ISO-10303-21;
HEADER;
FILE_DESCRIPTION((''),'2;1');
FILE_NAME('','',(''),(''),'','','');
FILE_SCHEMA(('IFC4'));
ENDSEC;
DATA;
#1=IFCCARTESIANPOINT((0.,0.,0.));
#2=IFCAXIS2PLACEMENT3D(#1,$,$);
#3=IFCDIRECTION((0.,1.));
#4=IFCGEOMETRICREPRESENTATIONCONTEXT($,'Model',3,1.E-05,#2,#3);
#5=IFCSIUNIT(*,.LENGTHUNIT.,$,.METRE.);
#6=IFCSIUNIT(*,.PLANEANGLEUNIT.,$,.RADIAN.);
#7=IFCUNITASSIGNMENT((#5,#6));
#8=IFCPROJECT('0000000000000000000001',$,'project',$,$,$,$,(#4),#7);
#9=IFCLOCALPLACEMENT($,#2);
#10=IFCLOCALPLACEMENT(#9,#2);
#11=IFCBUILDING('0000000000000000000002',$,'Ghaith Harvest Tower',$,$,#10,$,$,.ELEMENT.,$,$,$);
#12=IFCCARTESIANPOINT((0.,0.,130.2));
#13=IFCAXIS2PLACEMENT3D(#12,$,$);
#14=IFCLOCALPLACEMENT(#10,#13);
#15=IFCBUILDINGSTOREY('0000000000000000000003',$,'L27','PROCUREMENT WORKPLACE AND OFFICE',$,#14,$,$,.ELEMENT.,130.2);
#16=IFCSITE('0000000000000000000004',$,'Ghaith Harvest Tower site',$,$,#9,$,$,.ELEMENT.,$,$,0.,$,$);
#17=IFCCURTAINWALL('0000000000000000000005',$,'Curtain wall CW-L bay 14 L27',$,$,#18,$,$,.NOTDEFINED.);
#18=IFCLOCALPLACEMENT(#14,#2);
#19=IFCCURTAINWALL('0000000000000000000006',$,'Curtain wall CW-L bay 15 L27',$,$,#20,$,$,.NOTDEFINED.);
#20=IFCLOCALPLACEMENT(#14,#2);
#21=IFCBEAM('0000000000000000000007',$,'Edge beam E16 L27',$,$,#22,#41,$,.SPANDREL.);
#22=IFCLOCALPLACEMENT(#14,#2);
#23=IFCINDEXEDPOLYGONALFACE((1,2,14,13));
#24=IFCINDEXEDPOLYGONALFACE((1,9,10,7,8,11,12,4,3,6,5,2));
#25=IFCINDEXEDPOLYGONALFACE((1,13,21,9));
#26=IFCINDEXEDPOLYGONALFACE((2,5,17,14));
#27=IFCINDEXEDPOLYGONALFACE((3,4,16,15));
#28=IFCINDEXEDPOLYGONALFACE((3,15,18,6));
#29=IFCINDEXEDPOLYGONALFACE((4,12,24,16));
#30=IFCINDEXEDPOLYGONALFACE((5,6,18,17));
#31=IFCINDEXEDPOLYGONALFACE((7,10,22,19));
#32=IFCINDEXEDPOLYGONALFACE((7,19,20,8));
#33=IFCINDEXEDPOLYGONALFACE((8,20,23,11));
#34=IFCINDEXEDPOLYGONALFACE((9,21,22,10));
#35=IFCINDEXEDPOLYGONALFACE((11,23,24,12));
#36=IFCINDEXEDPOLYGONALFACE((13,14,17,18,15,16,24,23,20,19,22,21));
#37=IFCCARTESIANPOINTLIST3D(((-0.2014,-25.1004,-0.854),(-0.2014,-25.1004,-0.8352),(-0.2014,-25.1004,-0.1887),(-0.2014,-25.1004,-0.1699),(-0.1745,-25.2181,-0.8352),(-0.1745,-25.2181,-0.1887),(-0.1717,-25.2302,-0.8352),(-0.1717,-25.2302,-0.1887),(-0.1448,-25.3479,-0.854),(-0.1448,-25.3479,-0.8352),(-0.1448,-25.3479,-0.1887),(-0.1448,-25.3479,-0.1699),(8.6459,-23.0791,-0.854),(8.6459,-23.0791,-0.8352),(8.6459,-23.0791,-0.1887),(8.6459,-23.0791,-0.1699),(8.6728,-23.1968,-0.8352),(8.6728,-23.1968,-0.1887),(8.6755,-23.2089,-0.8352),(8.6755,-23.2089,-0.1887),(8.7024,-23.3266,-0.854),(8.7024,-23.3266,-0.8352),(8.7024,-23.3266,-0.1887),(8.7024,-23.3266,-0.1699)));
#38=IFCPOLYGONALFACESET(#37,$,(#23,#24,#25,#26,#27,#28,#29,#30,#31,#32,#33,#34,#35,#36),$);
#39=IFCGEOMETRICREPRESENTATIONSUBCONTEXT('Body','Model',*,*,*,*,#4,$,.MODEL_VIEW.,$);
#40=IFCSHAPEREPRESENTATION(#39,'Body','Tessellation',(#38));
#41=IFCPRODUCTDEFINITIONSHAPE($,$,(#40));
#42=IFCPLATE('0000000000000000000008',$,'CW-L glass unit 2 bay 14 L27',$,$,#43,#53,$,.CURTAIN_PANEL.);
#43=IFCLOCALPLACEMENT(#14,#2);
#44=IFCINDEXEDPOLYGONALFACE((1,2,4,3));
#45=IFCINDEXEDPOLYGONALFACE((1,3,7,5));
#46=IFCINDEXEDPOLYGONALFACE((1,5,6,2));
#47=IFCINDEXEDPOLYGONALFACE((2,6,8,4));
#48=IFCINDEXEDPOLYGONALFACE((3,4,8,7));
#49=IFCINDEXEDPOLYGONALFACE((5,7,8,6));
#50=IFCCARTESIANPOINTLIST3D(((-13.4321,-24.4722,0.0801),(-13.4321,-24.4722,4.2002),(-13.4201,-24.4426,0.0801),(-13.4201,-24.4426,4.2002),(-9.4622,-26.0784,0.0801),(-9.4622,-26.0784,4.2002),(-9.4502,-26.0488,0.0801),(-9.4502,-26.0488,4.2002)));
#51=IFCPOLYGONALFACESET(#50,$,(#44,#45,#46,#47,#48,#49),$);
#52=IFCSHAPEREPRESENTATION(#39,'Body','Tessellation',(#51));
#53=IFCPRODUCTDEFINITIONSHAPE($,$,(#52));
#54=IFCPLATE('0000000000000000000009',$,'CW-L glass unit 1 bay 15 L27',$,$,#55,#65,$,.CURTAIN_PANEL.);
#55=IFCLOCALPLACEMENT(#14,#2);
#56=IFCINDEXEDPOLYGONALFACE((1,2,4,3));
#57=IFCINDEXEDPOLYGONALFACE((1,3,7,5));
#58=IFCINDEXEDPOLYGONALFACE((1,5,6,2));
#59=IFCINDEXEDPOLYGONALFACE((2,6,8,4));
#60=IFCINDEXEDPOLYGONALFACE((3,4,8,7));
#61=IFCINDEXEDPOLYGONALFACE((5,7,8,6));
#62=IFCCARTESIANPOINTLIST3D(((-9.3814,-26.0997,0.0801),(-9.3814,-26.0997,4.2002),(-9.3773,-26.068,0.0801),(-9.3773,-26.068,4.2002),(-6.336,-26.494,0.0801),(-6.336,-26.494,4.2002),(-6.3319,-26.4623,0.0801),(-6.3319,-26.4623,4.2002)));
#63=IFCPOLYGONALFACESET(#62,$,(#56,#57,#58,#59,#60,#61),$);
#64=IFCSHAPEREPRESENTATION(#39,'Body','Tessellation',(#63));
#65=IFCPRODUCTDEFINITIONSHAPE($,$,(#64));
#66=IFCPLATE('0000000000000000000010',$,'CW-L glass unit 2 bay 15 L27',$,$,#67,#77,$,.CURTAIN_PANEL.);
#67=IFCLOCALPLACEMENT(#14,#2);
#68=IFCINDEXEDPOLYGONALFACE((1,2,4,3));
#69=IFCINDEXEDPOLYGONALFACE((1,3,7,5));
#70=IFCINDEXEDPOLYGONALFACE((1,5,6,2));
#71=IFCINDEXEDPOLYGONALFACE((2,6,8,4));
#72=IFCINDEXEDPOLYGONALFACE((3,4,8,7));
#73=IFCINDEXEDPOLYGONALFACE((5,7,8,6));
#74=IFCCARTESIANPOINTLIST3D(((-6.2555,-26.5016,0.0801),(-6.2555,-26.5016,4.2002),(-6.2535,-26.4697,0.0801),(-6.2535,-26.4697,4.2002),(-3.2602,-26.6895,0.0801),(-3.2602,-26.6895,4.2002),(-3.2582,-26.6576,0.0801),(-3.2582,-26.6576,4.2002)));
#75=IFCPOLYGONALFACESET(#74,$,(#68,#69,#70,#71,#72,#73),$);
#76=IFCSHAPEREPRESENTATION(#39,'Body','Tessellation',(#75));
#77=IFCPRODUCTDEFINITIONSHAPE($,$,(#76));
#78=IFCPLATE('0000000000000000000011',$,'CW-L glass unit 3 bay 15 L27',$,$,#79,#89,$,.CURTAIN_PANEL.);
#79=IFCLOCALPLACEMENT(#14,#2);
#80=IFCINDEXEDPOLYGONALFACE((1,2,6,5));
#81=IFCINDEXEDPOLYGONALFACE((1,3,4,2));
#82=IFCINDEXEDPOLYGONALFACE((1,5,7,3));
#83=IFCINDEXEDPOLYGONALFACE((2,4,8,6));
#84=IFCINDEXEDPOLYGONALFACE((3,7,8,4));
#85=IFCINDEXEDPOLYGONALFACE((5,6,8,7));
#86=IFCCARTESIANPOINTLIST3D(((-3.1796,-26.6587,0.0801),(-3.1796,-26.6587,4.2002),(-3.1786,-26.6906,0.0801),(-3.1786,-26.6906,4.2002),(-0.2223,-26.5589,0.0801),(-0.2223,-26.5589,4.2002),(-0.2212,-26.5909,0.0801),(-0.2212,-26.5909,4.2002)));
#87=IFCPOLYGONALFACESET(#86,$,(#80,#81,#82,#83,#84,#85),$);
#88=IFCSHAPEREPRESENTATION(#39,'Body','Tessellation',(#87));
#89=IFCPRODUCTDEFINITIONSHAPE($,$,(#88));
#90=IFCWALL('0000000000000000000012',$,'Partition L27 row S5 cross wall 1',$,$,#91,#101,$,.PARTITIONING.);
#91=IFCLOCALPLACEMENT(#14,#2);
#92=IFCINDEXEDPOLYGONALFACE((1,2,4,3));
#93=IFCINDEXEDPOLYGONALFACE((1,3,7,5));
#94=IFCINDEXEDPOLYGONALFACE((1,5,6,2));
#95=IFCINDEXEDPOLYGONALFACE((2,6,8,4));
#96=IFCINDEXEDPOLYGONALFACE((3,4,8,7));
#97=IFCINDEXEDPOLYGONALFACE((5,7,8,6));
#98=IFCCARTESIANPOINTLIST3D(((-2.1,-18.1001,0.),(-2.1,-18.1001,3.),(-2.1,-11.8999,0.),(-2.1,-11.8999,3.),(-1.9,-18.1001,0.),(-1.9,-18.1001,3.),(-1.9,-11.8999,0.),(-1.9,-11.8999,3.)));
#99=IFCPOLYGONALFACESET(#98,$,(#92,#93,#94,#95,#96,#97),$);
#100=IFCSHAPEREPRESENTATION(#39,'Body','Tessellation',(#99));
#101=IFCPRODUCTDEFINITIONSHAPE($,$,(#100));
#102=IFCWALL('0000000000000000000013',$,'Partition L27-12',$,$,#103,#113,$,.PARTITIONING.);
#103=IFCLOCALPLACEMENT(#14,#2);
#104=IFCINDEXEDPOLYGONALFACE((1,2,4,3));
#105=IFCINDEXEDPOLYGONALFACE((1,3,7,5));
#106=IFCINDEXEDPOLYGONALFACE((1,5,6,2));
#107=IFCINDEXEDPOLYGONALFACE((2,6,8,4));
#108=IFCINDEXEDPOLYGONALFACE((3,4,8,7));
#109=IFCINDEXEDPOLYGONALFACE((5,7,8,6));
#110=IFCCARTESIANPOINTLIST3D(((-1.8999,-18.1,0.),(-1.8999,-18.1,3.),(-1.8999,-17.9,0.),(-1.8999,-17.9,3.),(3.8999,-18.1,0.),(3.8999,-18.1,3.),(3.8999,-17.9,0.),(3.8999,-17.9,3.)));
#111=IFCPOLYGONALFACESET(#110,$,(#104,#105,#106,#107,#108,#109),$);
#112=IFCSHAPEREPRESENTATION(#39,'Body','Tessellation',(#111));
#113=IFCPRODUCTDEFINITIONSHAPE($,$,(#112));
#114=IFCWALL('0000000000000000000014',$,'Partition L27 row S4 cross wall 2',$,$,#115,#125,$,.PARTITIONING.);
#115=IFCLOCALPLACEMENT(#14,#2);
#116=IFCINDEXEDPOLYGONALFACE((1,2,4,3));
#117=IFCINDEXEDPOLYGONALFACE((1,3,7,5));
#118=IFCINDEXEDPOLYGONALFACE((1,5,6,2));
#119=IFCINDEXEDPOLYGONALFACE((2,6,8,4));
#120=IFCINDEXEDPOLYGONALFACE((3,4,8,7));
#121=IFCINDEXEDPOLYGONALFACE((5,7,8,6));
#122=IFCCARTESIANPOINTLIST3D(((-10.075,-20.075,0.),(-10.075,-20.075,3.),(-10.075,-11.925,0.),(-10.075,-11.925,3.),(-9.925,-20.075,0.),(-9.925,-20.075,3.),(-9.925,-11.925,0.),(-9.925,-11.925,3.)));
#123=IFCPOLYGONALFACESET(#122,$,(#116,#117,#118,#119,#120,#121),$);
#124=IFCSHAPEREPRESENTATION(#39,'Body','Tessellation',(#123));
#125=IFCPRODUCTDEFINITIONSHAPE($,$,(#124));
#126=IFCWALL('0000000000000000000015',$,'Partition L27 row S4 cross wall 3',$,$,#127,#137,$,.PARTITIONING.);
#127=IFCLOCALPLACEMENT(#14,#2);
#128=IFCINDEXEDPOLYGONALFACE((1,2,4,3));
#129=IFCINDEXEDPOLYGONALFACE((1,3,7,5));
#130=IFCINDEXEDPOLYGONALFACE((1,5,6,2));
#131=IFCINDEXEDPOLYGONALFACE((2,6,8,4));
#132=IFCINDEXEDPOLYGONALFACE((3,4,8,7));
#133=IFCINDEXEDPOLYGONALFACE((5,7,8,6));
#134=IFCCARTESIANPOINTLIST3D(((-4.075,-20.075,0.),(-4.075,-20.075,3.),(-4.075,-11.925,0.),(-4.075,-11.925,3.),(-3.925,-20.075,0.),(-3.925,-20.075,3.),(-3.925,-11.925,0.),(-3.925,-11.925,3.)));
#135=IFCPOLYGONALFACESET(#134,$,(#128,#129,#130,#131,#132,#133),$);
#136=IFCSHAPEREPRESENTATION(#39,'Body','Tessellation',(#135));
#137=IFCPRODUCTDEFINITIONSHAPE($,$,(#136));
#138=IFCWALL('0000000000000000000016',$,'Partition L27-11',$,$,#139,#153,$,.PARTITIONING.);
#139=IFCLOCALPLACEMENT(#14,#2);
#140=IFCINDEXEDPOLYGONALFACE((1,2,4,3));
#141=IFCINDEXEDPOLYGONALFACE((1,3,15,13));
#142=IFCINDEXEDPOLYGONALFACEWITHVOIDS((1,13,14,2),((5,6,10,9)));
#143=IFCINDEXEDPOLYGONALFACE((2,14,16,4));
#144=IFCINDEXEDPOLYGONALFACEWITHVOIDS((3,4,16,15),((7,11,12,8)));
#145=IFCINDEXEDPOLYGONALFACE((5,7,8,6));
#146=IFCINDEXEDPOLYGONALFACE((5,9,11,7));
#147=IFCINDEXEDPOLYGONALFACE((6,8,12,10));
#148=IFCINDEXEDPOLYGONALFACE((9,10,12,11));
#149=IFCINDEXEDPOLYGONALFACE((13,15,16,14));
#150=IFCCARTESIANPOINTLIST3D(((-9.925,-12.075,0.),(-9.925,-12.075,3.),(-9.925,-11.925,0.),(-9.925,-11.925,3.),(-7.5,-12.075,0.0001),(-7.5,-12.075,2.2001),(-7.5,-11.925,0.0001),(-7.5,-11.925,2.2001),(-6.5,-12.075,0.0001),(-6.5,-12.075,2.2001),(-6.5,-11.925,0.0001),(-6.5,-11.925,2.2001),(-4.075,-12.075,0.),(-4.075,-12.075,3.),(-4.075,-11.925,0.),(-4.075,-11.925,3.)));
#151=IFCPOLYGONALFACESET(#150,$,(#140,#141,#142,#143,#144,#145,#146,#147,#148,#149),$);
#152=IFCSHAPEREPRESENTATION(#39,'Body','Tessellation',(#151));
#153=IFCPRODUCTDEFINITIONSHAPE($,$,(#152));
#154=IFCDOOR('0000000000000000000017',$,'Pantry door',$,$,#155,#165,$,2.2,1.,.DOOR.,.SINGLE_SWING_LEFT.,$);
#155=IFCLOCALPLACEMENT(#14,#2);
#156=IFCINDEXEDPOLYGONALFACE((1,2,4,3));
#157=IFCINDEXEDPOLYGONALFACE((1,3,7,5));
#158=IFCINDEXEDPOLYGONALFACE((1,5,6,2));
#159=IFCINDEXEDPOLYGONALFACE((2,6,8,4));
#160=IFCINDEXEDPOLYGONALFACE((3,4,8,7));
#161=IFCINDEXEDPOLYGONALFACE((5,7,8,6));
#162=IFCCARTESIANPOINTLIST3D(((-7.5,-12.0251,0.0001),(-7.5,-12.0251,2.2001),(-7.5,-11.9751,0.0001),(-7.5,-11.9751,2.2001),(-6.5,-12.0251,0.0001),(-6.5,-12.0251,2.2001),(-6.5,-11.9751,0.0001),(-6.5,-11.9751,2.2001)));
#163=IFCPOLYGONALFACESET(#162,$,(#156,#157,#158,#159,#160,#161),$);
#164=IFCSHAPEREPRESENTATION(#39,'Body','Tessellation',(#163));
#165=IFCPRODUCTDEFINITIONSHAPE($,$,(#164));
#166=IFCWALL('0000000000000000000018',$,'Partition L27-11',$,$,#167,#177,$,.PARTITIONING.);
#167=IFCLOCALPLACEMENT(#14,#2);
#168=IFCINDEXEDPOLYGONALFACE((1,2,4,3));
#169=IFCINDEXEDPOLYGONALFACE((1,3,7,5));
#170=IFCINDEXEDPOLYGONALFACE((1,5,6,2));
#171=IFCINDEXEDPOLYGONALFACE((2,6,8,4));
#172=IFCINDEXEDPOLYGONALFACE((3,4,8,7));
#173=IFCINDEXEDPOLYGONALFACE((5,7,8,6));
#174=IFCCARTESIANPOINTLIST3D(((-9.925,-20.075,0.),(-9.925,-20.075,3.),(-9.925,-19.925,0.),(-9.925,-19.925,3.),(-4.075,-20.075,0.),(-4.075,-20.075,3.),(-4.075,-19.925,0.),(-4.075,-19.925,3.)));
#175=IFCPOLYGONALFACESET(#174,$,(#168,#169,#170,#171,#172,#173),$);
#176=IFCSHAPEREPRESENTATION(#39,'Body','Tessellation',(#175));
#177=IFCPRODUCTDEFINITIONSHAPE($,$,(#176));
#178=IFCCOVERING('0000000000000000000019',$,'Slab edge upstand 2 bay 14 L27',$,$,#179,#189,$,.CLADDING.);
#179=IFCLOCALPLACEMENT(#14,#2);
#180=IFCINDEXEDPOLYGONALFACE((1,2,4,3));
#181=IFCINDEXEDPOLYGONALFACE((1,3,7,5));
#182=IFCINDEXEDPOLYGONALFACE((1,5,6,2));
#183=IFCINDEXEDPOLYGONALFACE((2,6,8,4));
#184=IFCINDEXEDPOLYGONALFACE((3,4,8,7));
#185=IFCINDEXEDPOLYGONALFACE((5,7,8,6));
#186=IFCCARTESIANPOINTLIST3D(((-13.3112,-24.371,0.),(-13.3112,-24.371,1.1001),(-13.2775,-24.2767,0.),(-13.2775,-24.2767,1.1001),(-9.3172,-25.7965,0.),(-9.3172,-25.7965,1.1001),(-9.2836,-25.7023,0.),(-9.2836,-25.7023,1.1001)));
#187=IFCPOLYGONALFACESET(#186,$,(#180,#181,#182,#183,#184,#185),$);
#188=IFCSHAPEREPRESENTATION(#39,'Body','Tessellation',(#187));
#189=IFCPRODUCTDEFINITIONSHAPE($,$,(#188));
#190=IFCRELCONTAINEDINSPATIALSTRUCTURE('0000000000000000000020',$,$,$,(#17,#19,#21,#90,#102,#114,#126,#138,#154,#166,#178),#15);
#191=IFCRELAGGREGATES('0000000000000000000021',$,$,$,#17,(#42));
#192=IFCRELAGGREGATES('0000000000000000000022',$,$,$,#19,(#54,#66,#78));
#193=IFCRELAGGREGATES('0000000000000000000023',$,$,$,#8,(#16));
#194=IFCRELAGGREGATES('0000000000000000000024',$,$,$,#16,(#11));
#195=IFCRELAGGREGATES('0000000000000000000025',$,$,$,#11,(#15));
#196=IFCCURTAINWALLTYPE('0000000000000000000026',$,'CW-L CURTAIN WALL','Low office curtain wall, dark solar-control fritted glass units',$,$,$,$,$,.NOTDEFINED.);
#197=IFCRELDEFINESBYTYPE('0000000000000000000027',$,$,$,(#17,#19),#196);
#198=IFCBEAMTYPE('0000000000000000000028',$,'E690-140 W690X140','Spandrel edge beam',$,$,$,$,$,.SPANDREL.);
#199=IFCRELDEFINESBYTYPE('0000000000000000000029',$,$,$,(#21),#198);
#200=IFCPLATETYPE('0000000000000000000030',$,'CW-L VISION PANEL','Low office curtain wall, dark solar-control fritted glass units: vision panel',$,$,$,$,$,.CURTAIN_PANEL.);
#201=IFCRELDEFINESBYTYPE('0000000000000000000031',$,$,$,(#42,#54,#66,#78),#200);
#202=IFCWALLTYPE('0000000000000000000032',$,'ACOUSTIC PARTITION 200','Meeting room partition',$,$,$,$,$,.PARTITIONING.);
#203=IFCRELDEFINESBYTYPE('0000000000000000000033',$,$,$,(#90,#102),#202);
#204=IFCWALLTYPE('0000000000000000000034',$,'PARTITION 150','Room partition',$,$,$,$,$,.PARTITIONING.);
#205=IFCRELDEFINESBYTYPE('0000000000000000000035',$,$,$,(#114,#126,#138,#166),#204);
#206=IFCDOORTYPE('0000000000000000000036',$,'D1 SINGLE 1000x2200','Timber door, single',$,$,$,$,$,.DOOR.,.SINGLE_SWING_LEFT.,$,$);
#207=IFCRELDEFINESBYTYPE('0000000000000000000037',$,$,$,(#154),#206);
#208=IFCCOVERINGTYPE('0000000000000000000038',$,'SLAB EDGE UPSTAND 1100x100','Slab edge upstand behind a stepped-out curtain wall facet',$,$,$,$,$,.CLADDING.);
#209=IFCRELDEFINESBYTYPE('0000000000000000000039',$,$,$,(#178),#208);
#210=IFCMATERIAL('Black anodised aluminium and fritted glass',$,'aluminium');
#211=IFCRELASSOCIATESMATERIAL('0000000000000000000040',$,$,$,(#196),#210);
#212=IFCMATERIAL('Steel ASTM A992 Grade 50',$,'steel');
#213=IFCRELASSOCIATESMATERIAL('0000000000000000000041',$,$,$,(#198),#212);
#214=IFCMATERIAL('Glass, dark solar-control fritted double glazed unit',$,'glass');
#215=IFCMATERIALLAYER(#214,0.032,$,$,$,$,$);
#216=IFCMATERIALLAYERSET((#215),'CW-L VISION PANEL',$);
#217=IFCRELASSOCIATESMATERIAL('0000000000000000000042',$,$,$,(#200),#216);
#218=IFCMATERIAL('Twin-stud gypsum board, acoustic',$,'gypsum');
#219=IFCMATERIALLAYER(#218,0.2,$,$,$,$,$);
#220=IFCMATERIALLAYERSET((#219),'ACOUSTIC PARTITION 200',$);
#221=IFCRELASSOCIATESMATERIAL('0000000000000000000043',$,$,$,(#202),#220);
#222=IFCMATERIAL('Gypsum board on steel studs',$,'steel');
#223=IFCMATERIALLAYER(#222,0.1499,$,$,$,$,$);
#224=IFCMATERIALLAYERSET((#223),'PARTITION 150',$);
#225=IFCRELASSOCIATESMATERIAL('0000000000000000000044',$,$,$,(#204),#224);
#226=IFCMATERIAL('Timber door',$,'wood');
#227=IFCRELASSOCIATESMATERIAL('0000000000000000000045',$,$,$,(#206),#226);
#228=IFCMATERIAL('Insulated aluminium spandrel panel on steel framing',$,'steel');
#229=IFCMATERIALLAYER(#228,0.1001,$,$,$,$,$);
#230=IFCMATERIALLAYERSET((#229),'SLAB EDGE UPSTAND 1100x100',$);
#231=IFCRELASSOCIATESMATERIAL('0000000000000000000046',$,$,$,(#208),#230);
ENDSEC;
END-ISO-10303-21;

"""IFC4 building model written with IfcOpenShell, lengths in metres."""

from ifc_helpers import new_model, si_unit, direction, frame, frame_2d, origin, origin_2d, place, context, subcontext, project, spatial, rectangle, i_section, extrude, material, layer, layer_set, material_profile, profile_set, type_object, element, fill, aggregate, save


model = new_model("IFC4")

# Units and contexts
model_context = context("Model", 3, precision=1e-05, world=origin(), true_north=direction((0.0, 1.0)))
body_context = subcontext(model_context, "Body", "Model", "MODEL_VIEW")
ifc_project = project(units=[si_unit("LENGTHUNIT", "METRE"), si_unit("PLANEANGLEUNIT", "RADIAN")], contexts=[model_context])

# Site, building, storey
site_placement = place(None, origin())
site = spatial("IfcSite", under=ifc_project, at=site_placement, Name="Ghaith Harvest Tower site", CompositionType="ELEMENT", RefElevation=0.0)
building_placement = place(site_placement, origin())
building = spatial("IfcBuilding", under=site, at=building_placement, Name="Ghaith Harvest Tower", CompositionType="ELEMENT")
storey_placement = place(building_placement, frame((0.0, 0.0, 130.2)))
storey = spatial("IfcBuildingStorey", under=building, at=storey_placement, Name="L27", Description="PROCUREMENT WORKPLACE AND OFFICE", CompositionType="ELEMENT", Elevation=130.2)

# Curtain wall
ifc_material_1 = material(Name="Black anodised aluminium and fritted glass", Category="aluminium")
curtain_wall_type = type_object("IfcCurtainWallType", Name="CW-L CURTAIN WALL", Description="Low office curtain wall, dark solar-control fritted glass units", PredefinedType="NOTDEFINED", material=ifc_material_1)
curtain_wall_1_placement = place(storey_placement, origin())
curtain_wall_1 = element("IfcCurtainWall", 1, at=curtain_wall_1_placement, inside=storey, type_object=curtain_wall_type, Name="Curtain wall CW-L bay 14 L27", PredefinedType="NOTDEFINED")

# Curtain wall
curtain_wall_2_placement = place(storey_placement, origin())
curtain_wall_2 = element("IfcCurtainWall", 2, at=curtain_wall_2_placement, inside=storey, type_object=curtain_wall_type, Name="Curtain wall CW-L bay 15 L27", PredefinedType="NOTDEFINED")

# Beam
ifc_material_2 = material(Name="Steel ASTM A992 Grade 50", Category="steel")
ifc_material_profile_1 = material_profile(ifc_material_2, i_section(OverallWidth=0.2539, OverallDepth=0.6841, WebThickness=0.0125, FlangeThickness=0.0188, at=origin_2d()), Name="W690X140")
ifc_profile_set_1 = profile_set([ifc_material_profile_1], Name="Steel ASTM A992 Grade 50")
beam_type = type_object("IfcBeamType", Name="E690-140 W690X140", Description="Spandrel edge beam", PredefinedType="SPANDREL", material=ifc_profile_set_1)
beam_1_placement = place(storey_placement, frame((-0.1731, -25.2241, -0.512), z_axis=(0.974882, 0.222723, 0.0), x_axis=(-0.222723, 0.974882, 0.0)))
element("IfcBeam", 3, at=beam_1_placement, inside=storey, type_object=beam_type, Name="Edge beam E16 L27", PredefinedType="SPANDREL", context=body_context, shape_type="SweptSolid", body=[
    extrude(i_section(OverallWidth=0.2539, OverallDepth=0.6841, WebThickness=0.0125, FlangeThickness=0.0188, at=origin_2d()), origin(), (0.0, 0.0, 1.0), 9.0752),
])

# Plates
ifc_material_3 = material(Name="Glass, dark solar-control fritted double glazed unit", Category="glass")
ifc_layer_1 = layer(ifc_material_3, 0.032)
ifc_layer_set_1 = layer_set([ifc_layer_1], Name="CW-L VISION PANEL")
plate_type = type_object("IfcPlateType", Name="CW-L VISION PANEL", Description="Low office curtain wall, dark solar-control fritted glass units: vision panel", PredefinedType="CURTAIN_PANEL", material=ifc_layer_set_1)
plate_1_placement = place(storey_placement, frame((-11.4412, -25.2605, 0.0801), z_axis=(0.0, 0.0, 1.0), x_axis=(0.927003, -0.375055, 0.0)))
plate_1 = element("IfcPlate", 4, at=plate_1_placement, type_object=plate_type, Name="CW-L glass unit 2 bay 14 L27", PredefinedType="CURTAIN_PANEL", context=body_context, shape_type="SweptSolid", body=[
    extrude(rectangle(XDim=4.2825, YDim=0.032, at=origin_2d()), origin(), (0.0, 0.0, 1.0), 4.1201),
])
aggregate(curtain_wall_1, [plate_1])
plate_2_placement = place(storey_placement, frame((-7.8567, -26.281, 0.0801), z_axis=(0.0, 0.0, 1.0), x_axis=(0.991723, -0.128392, 0.0)))
plate_2 = element("IfcPlate", 5, at=plate_2_placement, type_object=plate_type, Name="CW-L glass unit 1 bay 15 L27", PredefinedType="CURTAIN_PANEL", context=body_context, shape_type="SweptSolid", body=[
    extrude(rectangle(XDim=3.0708, YDim=0.032, at=origin_2d()), origin(), (0.0, 0.0, 1.0), 4.1201),
])
plate_3_placement = place(storey_placement, frame((-4.7568, -26.5796, 0.0801), z_axis=(0.0, 0.0, 1.0), x_axis=(0.998038, -0.062607, 0.0)))
plate_3 = element("IfcPlate", 6, at=plate_3_placement, type_object=plate_type, Name="CW-L glass unit 2 bay 15 L27", PredefinedType="CURTAIN_PANEL", context=body_context, shape_type="SweptSolid", body=[
    extrude(rectangle(XDim=3.0012, YDim=0.032, at=origin_2d()), origin(), (0.0, 0.0, 1.0), 4.1201),
])
plate_4_placement = place(storey_placement, frame((-1.7004, -26.6248, 0.0801), z_axis=(0.0, 0.0, 1.0), x_axis=(0.999432, 0.033714, 0.0)))
plate_4 = element("IfcPlate", 7, at=plate_4_placement, type_object=plate_type, Name="CW-L glass unit 3 bay 15 L27", PredefinedType="CURTAIN_PANEL", context=body_context, shape_type="SweptSolid", body=[
    extrude(rectangle(XDim=2.959, YDim=0.032, at=origin_2d()), origin(), (0.0, 0.0, 1.0), 4.1201),
])
aggregate(curtain_wall_2, [plate_2, plate_3, plate_4])

# Wall
ifc_material_4 = material(Name="Twin-stud gypsum board, acoustic", Category="gypsum")
ifc_layer_2 = layer(ifc_material_4, 0.2)
ifc_layer_set_2 = layer_set([ifc_layer_2], Name="ACOUSTIC PARTITION 200")
wall_type_1 = type_object("IfcWallType", Name="ACOUSTIC PARTITION 200", Description="Meeting room partition", PredefinedType="PARTITIONING", material=ifc_layer_set_2)
wall_1_placement = place(storey_placement, frame((-2.0, -11.8999, 0.0), z_axis=(0.0, 0.0, 1.0), x_axis=(0.0, -1.0, 0.0)))
element("IfcWall", 8, at=wall_1_placement, inside=storey, type_object=wall_type_1, Name="Partition L27 row S5 cross wall 1", PredefinedType="PARTITIONING", context=body_context, shape_type="SweptSolid", body=[
    extrude(rectangle(XDim=6.2002, YDim=0.2, at=frame_2d((3.1001, 0.0))), origin(), (0.0, 0.0, 1.0), 3.0),
])

# Walls
wall_2_placement = place(storey_placement, frame((-1.8999, -18.0, 0.0), z_axis=(0.0, 0.0, 1.0), x_axis=(1.0, 0.0, 0.0)))
element("IfcWall", 9, at=wall_2_placement, inside=storey, type_object=wall_type_1, Name="Partition L27-12", PredefinedType="PARTITIONING", context=body_context, shape_type="SweptSolid", body=[
    extrude(rectangle(XDim=5.7998, YDim=0.2, at=frame_2d((2.8999, 0.0))), origin(), (0.0, 0.0, 1.0), 3.0),
])
ifc_material_5 = material(Name="Gypsum board on steel studs", Category="steel")
ifc_layer_3 = layer(ifc_material_5, 0.1499)
ifc_layer_set_3 = layer_set([ifc_layer_3], Name="PARTITION 150")
wall_type_2 = type_object("IfcWallType", Name="PARTITION 150", Description="Room partition", PredefinedType="PARTITIONING", material=ifc_layer_set_3)
for number, where, z_axis, x_axis, name in (
    (10, (-10.0, -11.925, 0.0), (0.0, 0.0, 1.0), (0.0, -1.0, 0.0), "Partition L27 row S4 cross wall 2"),
    (11, (-4.0, -11.925, 0.0), (0.0, 0.0, 1.0), (0.0, -1.0, 0.0), "Partition L27 row S4 cross wall 3"),
):
    element("IfcWall", number, at=place(storey_placement, frame(where, z_axis=z_axis, x_axis=x_axis)), inside=storey, type_object=wall_type_2, Name=name, PredefinedType="PARTITIONING", context=body_context, shape_type="SweptSolid", body=[
        extrude(rectangle(XDim=8.1499, YDim=0.1499, at=frame_2d((4.075, 0.0))), origin(), (0.0, 0.0, 1.0), 3.0),
    ])

# Wall, opening, door
wall_3_placement = place(storey_placement, frame((-9.925, -12.0, 0.0), z_axis=(0.0, 0.0, 1.0), x_axis=(1.0, 0.0, 0.0)))
wall_3 = element("IfcWall", 12, at=wall_3_placement, inside=storey, type_object=wall_type_2, Name="Partition L27-11", PredefinedType="PARTITIONING", context=body_context, shape_type="SweptSolid", body=[
    extrude(rectangle(XDim=5.8501, YDim=0.1499, at=frame_2d((2.925, 0.0))), origin(), (0.0, 0.0, 1.0), 3.0),
])
opening_1_placement = place(wall_3_placement, frame((2.425, 0.0, 0.0)))
opening_1 = element("IfcOpeningElement", 13, at=opening_1_placement, cuts=wall_3, PredefinedType="OPENING", context=body_context, shape_type="SweptSolid", body=[
    extrude(rectangle(XDim=1.0, YDim=2.2, at=frame_2d((0.5, 1.1001))), frame((0.0, 0.085, 0.0), z_axis=(0.0, -1.0, 0.0), x_axis=(1.0, 0.0, 0.0)), (0.0, 0.0, 1.0), 0.1699),
])
ifc_material_6 = material(Name="Timber door", Category="wood")
door_type_1 = type_object("IfcDoorType", Name="D1 SINGLE 1000x2200", Description="Timber door, single", OperationType="SINGLE_SWING_LEFT", PredefinedType="DOOR", material=ifc_material_6)
door_1_placement = place(opening_1_placement, origin())
door_1 = element("IfcDoor", 14, at=door_1_placement, inside=storey, type_object=door_type_1, Name="Pantry door", OperationType="SINGLE_SWING_LEFT", OverallHeight=2.2, OverallWidth=1.0, PredefinedType="DOOR", context=body_context, shape_type="SweptSolid", body=[
    extrude(rectangle(XDim=1.0, YDim=2.2, at=frame_2d((0.5, 1.1001))), frame((0.0, 0.0249, 0.0), z_axis=(0.0, -1.0, 0.0), x_axis=(1.0, 0.0, 0.0)), (0.0, 0.0, 1.0), 0.05),
])
fill(opening_1, door_1)

# Wall
wall_4_placement = place(storey_placement, frame((-9.925, -20.0, 0.0), z_axis=(0.0, 0.0, 1.0), x_axis=(1.0, 0.0, 0.0)))
element("IfcWall", 15, at=wall_4_placement, inside=storey, type_object=wall_type_2, Name="Partition L27-11", PredefinedType="PARTITIONING", context=body_context, shape_type="SweptSolid", body=[
    extrude(rectangle(XDim=5.8501, YDim=0.1499, at=frame_2d((2.925, 0.0))), origin(), (0.0, 0.0, 1.0), 3.0),
])

# Covering
ifc_material_7 = material(Name="Insulated aluminium spandrel panel on steel framing", Category="steel")
ifc_layer_4 = layer(ifc_material_7, 0.1001)
ifc_layer_set_4 = layer_set([ifc_layer_4], Name="SLAB EDGE UPSTAND 1100x100")
covering_type = type_object("IfcCoveringType", Name="SLAB EDGE UPSTAND 1100x100", Description="Slab edge upstand behind a stepped-out curtain wall facet", PredefinedType="CLADDING", material=ifc_layer_set_4)
covering_1_placement = place(storey_placement, frame((-11.2974, -25.0366, 0.0), z_axis=(0.0, 0.0, 1.0), x_axis=(0.941807, -0.336154, 0.0)))
element("IfcCovering", 16, at=covering_1_placement, inside=storey, type_object=covering_type, Name="Slab edge upstand 2 bay 14 L27", PredefinedType="CLADDING", context=body_context, shape_type="SweptSolid", body=[
    extrude(rectangle(XDim=4.2407, YDim=0.1001, at=origin_2d()), origin(), (0.0, 0.0, 1.0), 1.1001),
])

save(model, "model.ifc")
